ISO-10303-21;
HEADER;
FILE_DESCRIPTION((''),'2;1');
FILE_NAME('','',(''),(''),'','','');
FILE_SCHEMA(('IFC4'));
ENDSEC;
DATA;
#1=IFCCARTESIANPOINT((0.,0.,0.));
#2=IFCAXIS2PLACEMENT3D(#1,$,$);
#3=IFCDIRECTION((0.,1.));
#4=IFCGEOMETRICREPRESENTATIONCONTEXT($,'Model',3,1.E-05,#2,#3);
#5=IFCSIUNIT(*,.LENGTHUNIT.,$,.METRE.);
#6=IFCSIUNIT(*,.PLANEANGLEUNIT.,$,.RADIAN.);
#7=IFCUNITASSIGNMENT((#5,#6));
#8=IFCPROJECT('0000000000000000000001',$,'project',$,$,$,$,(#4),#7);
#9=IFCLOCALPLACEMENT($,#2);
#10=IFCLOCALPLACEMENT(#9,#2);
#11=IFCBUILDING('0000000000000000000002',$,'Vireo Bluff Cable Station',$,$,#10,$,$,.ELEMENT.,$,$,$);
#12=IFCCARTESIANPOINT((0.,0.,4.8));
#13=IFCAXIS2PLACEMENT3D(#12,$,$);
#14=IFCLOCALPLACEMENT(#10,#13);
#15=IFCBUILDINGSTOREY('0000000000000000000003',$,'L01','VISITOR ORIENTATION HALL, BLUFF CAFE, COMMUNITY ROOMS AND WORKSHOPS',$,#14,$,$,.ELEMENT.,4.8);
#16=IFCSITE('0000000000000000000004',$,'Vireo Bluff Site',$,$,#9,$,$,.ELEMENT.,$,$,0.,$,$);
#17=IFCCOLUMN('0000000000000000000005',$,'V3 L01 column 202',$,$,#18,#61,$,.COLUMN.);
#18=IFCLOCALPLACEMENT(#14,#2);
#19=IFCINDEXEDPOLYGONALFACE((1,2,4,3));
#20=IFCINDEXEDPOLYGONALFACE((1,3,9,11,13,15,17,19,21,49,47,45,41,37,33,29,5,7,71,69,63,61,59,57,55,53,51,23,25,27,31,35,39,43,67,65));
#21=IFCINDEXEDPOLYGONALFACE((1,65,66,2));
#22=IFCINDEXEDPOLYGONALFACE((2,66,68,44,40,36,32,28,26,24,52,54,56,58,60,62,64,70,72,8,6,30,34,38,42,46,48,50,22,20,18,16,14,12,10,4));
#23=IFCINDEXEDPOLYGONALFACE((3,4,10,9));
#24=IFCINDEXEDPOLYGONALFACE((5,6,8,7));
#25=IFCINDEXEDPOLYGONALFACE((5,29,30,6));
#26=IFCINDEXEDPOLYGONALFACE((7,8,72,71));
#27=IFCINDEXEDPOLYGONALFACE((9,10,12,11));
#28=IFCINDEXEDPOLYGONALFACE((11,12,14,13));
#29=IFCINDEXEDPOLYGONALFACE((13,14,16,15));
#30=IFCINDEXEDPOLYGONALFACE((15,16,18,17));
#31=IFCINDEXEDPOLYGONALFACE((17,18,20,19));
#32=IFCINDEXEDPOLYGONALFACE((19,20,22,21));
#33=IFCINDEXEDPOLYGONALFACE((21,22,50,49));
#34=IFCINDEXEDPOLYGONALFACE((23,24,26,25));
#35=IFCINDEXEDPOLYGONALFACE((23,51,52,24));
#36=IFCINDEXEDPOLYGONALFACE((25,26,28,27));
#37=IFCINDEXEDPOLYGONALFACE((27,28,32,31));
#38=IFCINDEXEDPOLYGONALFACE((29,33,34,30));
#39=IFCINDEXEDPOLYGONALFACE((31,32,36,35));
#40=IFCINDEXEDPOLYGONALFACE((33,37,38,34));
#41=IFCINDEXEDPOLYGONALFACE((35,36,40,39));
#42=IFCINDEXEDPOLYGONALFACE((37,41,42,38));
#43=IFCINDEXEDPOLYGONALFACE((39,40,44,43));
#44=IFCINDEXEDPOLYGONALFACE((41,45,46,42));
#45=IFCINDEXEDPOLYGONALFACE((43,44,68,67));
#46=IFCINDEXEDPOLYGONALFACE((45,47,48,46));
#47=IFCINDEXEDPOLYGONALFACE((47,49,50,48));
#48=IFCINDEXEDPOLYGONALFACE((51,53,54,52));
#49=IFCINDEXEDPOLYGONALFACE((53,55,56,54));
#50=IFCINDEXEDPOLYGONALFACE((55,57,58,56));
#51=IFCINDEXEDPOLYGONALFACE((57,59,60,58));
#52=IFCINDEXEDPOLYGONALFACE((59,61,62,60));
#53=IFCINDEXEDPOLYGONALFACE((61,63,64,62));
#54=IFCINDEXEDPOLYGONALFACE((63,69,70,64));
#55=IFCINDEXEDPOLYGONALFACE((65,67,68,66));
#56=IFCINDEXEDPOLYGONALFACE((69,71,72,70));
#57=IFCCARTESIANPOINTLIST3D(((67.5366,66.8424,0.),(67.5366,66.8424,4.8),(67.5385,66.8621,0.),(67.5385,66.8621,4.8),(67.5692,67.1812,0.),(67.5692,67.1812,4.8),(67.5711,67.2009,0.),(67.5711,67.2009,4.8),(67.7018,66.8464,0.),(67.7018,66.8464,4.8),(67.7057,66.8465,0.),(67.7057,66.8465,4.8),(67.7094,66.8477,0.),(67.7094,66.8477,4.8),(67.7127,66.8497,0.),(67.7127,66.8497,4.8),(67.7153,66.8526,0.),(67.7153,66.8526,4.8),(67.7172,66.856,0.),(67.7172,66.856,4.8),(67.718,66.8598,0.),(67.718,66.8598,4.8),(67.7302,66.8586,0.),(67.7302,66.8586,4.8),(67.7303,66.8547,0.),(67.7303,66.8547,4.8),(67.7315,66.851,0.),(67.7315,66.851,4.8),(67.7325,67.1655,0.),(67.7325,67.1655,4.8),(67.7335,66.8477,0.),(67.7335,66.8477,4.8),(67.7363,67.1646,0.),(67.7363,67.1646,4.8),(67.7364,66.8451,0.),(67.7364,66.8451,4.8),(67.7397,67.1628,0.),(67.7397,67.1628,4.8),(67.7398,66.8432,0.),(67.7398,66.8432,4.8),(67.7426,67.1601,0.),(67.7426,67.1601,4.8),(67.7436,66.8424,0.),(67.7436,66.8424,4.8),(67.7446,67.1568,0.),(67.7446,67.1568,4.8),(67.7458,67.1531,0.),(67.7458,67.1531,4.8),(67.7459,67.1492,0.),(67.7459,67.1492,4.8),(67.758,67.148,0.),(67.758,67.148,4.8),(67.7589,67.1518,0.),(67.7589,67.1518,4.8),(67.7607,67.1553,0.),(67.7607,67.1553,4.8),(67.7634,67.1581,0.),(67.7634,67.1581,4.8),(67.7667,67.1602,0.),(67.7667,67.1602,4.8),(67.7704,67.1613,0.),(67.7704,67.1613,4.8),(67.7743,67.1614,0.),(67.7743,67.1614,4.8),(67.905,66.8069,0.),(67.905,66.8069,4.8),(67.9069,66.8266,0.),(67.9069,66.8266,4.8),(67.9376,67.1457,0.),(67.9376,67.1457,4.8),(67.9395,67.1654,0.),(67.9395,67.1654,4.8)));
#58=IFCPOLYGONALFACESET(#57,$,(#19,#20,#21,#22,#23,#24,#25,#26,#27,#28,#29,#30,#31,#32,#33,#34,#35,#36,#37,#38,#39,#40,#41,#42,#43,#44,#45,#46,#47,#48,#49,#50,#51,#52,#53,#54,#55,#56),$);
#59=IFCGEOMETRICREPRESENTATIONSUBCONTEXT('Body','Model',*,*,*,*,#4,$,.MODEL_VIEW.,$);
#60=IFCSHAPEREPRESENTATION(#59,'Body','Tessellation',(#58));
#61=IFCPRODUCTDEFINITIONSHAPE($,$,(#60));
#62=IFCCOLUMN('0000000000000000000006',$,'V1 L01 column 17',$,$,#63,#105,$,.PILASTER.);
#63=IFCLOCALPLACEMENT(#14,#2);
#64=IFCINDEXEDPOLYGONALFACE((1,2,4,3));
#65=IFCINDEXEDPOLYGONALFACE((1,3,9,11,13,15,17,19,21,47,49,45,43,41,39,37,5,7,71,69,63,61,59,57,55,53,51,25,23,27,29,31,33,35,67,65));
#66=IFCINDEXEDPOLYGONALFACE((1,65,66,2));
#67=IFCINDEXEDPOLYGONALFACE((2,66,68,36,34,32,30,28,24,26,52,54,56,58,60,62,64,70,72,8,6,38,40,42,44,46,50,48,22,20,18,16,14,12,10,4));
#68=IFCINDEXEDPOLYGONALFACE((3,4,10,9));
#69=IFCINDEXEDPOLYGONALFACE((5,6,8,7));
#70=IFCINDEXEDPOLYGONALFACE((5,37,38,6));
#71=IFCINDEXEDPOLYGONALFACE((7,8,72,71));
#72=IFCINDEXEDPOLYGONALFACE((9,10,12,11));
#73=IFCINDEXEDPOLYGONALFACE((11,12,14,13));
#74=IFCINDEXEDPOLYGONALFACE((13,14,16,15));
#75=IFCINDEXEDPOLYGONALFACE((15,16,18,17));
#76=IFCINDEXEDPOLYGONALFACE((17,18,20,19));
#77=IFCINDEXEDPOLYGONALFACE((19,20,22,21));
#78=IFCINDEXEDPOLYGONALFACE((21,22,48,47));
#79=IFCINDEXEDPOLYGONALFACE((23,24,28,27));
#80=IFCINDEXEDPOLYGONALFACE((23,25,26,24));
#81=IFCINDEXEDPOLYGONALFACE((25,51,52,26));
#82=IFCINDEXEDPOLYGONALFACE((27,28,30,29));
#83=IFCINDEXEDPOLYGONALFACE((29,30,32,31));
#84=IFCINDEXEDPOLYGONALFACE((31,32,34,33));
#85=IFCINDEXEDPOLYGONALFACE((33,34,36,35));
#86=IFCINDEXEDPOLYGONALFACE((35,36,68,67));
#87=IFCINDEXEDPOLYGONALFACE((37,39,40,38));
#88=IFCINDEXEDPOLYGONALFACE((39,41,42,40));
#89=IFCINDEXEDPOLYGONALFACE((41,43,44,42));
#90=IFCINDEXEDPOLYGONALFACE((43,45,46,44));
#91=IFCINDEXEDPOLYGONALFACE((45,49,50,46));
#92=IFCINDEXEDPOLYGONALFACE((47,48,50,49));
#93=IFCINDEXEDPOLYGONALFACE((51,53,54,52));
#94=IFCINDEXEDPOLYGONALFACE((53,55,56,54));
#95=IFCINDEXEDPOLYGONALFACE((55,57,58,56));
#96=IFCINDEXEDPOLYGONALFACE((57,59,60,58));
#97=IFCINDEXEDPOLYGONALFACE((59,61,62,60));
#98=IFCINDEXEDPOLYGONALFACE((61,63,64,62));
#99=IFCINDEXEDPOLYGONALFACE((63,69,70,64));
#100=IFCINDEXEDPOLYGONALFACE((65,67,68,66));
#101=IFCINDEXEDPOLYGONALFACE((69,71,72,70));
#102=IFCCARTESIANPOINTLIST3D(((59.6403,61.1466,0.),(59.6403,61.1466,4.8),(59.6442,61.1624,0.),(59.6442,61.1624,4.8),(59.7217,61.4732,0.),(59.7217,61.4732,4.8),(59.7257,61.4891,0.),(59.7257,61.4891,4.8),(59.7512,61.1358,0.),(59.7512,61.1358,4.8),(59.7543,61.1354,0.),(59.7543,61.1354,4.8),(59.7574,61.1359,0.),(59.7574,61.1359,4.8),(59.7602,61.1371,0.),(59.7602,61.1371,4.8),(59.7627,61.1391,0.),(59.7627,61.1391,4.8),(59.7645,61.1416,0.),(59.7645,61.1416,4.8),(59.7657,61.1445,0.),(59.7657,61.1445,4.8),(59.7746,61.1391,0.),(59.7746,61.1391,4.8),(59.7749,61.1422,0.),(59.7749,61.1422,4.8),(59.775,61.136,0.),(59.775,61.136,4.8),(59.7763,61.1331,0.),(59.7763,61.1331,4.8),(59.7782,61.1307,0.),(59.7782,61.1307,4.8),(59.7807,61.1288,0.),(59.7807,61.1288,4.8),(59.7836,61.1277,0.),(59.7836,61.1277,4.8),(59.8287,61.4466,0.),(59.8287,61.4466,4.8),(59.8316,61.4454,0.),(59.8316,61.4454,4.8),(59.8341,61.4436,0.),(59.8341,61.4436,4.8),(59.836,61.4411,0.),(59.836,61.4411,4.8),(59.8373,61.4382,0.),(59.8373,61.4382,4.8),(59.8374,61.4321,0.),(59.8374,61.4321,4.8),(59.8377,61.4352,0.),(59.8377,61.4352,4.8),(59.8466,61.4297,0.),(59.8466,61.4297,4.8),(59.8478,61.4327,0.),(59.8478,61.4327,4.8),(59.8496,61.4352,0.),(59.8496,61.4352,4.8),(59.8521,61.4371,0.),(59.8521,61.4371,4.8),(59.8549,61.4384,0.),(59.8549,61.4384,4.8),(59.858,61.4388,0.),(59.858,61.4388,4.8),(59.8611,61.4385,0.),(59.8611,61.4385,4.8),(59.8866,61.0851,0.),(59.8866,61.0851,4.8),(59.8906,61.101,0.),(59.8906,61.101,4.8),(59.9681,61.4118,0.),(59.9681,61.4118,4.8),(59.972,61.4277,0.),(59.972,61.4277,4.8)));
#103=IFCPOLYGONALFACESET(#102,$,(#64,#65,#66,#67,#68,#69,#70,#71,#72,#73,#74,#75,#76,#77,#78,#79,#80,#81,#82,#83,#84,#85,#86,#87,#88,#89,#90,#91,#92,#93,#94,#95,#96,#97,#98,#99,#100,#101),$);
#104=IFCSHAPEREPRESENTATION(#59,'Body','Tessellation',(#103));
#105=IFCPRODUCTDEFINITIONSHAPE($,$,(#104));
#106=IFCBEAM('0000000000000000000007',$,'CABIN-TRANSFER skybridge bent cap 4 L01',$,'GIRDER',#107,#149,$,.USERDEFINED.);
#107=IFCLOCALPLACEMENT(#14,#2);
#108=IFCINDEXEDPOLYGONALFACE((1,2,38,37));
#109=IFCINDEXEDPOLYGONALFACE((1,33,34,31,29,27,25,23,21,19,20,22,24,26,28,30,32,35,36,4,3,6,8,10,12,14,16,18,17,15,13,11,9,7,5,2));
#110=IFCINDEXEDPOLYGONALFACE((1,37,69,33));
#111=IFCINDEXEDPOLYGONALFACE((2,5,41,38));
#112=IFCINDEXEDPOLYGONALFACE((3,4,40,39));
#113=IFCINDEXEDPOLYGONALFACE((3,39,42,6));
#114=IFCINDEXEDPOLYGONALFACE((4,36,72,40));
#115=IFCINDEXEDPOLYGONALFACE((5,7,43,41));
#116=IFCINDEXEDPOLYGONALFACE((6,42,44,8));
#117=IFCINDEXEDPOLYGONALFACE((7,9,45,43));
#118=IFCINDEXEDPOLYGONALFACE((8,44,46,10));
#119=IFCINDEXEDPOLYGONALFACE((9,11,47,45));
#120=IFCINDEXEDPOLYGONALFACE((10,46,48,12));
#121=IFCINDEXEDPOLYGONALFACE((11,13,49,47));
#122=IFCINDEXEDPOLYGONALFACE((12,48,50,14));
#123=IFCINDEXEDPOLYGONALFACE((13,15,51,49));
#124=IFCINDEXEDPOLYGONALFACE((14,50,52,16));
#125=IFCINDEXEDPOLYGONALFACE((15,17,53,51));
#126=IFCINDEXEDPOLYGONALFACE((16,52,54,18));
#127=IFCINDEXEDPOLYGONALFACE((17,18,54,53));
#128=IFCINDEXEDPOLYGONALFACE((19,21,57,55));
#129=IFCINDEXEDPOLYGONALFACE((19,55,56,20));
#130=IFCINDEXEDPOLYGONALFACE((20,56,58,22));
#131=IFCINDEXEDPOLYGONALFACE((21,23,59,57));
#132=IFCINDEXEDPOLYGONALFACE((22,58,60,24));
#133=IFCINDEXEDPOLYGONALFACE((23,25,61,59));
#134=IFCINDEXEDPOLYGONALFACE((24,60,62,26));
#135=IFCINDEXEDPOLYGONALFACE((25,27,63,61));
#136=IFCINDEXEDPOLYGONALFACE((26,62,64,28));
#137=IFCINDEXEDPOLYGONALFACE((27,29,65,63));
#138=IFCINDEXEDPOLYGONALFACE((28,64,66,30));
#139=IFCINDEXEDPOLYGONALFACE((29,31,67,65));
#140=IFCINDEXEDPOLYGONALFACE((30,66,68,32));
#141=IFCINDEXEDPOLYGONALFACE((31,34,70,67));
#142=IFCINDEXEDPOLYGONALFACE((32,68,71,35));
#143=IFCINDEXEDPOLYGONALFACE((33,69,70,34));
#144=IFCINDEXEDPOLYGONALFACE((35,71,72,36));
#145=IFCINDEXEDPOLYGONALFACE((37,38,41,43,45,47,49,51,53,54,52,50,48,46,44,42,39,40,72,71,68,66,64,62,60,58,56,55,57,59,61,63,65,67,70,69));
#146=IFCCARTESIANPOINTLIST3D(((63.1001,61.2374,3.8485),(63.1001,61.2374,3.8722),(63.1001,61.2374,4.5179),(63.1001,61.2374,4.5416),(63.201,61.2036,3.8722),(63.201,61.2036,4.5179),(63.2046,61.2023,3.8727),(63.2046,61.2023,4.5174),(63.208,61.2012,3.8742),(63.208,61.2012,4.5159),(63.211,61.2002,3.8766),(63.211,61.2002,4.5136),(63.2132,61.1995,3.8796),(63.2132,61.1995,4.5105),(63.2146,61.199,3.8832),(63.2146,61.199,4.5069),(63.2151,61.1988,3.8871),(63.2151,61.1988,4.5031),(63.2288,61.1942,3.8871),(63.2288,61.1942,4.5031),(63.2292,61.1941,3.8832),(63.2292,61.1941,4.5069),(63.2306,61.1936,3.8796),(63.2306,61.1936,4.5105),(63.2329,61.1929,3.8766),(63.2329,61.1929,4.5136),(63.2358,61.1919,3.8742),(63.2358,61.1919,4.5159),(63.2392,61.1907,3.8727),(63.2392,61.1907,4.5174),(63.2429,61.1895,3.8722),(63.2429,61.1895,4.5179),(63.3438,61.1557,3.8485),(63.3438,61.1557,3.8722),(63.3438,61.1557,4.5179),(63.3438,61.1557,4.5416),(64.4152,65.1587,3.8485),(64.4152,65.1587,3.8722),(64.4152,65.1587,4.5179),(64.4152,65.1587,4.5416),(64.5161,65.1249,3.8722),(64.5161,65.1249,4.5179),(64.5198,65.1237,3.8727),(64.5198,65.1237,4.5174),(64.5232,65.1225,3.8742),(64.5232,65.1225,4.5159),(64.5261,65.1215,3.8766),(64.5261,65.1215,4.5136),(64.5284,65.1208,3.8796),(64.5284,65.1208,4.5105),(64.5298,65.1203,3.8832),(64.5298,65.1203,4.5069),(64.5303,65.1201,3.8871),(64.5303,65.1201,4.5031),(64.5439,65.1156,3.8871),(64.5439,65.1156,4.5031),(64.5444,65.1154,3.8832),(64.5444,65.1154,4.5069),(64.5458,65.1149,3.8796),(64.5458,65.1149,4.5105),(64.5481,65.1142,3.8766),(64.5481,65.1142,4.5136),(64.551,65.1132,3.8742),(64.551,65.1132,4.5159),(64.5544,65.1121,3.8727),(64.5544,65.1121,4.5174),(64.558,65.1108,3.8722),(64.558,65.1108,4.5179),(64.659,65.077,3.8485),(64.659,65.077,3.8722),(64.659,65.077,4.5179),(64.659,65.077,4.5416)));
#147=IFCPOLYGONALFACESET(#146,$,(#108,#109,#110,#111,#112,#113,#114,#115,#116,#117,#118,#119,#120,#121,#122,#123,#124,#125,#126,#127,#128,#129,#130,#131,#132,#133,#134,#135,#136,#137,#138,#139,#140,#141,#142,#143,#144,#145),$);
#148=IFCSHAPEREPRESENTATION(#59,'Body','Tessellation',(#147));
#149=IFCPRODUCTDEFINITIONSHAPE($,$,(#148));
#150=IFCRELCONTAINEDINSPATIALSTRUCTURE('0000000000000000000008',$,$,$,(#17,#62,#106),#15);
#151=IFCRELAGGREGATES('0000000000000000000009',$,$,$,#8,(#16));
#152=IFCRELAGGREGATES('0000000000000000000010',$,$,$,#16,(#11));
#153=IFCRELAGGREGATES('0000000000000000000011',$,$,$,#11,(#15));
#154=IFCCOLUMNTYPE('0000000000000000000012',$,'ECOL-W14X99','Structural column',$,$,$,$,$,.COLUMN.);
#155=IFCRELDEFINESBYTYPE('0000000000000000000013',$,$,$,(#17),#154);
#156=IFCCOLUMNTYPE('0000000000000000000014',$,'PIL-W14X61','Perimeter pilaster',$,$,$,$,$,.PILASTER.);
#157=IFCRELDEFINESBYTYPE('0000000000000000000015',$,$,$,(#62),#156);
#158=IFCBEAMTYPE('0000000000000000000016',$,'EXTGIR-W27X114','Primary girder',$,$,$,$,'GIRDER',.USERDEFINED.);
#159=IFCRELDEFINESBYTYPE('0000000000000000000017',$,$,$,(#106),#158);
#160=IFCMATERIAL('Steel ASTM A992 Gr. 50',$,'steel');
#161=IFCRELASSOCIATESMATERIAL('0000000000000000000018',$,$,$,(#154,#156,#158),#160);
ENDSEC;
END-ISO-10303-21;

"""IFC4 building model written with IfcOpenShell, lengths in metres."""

from ifc_helpers import new_model, si_unit, direction, frame, origin, origin_2d, place, context, subcontext, project, spatial, i_section, extrude, material, material_profile, profile_set, type_object, element, save


model = new_model("IFC4")

# Units and contexts
model_context = context("Model", 3, precision=1e-05, world=origin(), true_north=direction((0.0, 1.0)))
body_context = subcontext(model_context, "Body", "Model", "MODEL_VIEW")
ifc_project = project(units=[si_unit("LENGTHUNIT", "METRE"), si_unit("PLANEANGLEUNIT", "RADIAN")], contexts=[model_context])

# Site, building, storey
site_placement = place(None, origin())
site = spatial("IfcSite", under=ifc_project, at=site_placement, Name="Vireo Bluff Site", CompositionType="ELEMENT", RefElevation=0.0)
building_placement = place(site_placement, origin())
building = spatial("IfcBuilding", under=site, at=building_placement, Name="Vireo Bluff Cable Station", CompositionType="ELEMENT")
storey_placement = place(building_placement, frame((0.0, 0.0, 4.8)))
storey = spatial("IfcBuildingStorey", under=building, at=storey_placement, Name="L01", Description="VISITOR ORIENTATION HALL, BLUFF CAFE, COMMUNITY ROOMS AND WORKSHOPS", CompositionType="ELEMENT", Elevation=4.8)

# Columns
ifc_material_1 = material(Name="Steel ASTM A992 Gr. 50", Category="steel")
ifc_material_profile_1 = material_profile(ifc_material_1, i_section(OverallWidth=0.3701, OverallDepth=0.3601, WebThickness=0.0122, FlangeThickness=0.0198, FilletRadius=0.0149, at=origin_2d()), Name="W14X99")
ifc_profile_set_1 = profile_set([ifc_material_profile_1], Name="Steel ASTM A992 Gr. 50")
column_type_1 = type_object("IfcColumnType", Name="ECOL-W14X99", Description="Structural column", PredefinedType="COLUMN", material=ifc_profile_set_1)
column_1_placement = place(storey_placement, frame((67.738, 67.0039, 0.0), z_axis=(0.0, 0.0, 1.0), x_axis=(0.995396, -0.095846, 0.0)))
element("IfcColumn", 1, at=column_1_placement, inside=storey, type_object=column_type_1, Name="V3 L01 column 202", PredefinedType="COLUMN", context=body_context, shape_type="SweptSolid", body=[
    extrude(i_section(OverallWidth=0.3701, OverallDepth=0.3601, WebThickness=0.0122, FlangeThickness=0.0198, FilletRadius=0.0149, at=origin_2d()), origin(), (0.0, 0.0, 1.0), 4.8),
])
ifc_material_profile_2 = material_profile(ifc_material_1, i_section(OverallWidth=0.2539, OverallDepth=0.353, WebThickness=0.0095, FlangeThickness=0.0164, FilletRadius=0.012, at=origin_2d()), Name="W14X61")
ifc_profile_set_2 = profile_set([ifc_material_profile_2], Name="Steel ASTM A992 Gr. 50")
column_type_2 = type_object("IfcColumnType", Name="PIL-W14X61", Description="Perimeter pilaster", PredefinedType="PILASTER", material=ifc_profile_set_2)
column_2_placement = place(storey_placement, frame((59.8062, 61.2871, 0.0), z_axis=(0.0, 0.0, 1.0), x_axis=(0.970296, -0.241922, 0.0)))
element("IfcColumn", 2, at=column_2_placement, inside=storey, type_object=column_type_2, Name="V1 L01 column 17", PredefinedType="PILASTER", context=body_context, shape_type="SweptSolid", body=[
    extrude(i_section(OverallWidth=0.2539, OverallDepth=0.353, WebThickness=0.0095, FlangeThickness=0.0164, FilletRadius=0.012, at=origin_2d()), origin(), (0.0, 0.0, 1.0), 4.8),
])

# Beam
ifc_material_profile_3 = material_profile(ifc_material_1, i_section(OverallWidth=0.2571, OverallDepth=0.6931, WebThickness=0.0144, FlangeThickness=0.0237, FilletRadius=0.0149, at=origin_2d()), Name="W27X114")
ifc_profile_set_3 = profile_set([ifc_material_profile_3], Name="Steel ASTM A992 Gr. 50")
beam_type_1 = type_object("IfcBeamType", Name="EXTGIR-W27X114", Description="Primary girder", ElementType="GIRDER", PredefinedType="USERDEFINED", material=ifc_profile_set_3)
beam_1_placement = place(storey_placement, frame((63.2219, 61.1965, 4.1951), z_axis=(0.31798, 0.948097, 0.0), x_axis=(-0.948097, 0.31798, 0.0)))
element("IfcBeam", 3, at=beam_1_placement, inside=storey, type_object=beam_type_1, Name="CABIN-TRANSFER skybridge bent cap 4 L01", ObjectType="GIRDER", PredefinedType="USERDEFINED", context=body_context, shape_type="SweptSolid", body=[
    extrude(i_section(OverallWidth=0.2571, OverallDepth=0.6931, WebThickness=0.0144, FlangeThickness=0.0237, FilletRadius=0.0149, at=origin_2d()), origin(), (0.0, 0.0, 1.0), 4.136),
])

save(model, "model.ifc")
